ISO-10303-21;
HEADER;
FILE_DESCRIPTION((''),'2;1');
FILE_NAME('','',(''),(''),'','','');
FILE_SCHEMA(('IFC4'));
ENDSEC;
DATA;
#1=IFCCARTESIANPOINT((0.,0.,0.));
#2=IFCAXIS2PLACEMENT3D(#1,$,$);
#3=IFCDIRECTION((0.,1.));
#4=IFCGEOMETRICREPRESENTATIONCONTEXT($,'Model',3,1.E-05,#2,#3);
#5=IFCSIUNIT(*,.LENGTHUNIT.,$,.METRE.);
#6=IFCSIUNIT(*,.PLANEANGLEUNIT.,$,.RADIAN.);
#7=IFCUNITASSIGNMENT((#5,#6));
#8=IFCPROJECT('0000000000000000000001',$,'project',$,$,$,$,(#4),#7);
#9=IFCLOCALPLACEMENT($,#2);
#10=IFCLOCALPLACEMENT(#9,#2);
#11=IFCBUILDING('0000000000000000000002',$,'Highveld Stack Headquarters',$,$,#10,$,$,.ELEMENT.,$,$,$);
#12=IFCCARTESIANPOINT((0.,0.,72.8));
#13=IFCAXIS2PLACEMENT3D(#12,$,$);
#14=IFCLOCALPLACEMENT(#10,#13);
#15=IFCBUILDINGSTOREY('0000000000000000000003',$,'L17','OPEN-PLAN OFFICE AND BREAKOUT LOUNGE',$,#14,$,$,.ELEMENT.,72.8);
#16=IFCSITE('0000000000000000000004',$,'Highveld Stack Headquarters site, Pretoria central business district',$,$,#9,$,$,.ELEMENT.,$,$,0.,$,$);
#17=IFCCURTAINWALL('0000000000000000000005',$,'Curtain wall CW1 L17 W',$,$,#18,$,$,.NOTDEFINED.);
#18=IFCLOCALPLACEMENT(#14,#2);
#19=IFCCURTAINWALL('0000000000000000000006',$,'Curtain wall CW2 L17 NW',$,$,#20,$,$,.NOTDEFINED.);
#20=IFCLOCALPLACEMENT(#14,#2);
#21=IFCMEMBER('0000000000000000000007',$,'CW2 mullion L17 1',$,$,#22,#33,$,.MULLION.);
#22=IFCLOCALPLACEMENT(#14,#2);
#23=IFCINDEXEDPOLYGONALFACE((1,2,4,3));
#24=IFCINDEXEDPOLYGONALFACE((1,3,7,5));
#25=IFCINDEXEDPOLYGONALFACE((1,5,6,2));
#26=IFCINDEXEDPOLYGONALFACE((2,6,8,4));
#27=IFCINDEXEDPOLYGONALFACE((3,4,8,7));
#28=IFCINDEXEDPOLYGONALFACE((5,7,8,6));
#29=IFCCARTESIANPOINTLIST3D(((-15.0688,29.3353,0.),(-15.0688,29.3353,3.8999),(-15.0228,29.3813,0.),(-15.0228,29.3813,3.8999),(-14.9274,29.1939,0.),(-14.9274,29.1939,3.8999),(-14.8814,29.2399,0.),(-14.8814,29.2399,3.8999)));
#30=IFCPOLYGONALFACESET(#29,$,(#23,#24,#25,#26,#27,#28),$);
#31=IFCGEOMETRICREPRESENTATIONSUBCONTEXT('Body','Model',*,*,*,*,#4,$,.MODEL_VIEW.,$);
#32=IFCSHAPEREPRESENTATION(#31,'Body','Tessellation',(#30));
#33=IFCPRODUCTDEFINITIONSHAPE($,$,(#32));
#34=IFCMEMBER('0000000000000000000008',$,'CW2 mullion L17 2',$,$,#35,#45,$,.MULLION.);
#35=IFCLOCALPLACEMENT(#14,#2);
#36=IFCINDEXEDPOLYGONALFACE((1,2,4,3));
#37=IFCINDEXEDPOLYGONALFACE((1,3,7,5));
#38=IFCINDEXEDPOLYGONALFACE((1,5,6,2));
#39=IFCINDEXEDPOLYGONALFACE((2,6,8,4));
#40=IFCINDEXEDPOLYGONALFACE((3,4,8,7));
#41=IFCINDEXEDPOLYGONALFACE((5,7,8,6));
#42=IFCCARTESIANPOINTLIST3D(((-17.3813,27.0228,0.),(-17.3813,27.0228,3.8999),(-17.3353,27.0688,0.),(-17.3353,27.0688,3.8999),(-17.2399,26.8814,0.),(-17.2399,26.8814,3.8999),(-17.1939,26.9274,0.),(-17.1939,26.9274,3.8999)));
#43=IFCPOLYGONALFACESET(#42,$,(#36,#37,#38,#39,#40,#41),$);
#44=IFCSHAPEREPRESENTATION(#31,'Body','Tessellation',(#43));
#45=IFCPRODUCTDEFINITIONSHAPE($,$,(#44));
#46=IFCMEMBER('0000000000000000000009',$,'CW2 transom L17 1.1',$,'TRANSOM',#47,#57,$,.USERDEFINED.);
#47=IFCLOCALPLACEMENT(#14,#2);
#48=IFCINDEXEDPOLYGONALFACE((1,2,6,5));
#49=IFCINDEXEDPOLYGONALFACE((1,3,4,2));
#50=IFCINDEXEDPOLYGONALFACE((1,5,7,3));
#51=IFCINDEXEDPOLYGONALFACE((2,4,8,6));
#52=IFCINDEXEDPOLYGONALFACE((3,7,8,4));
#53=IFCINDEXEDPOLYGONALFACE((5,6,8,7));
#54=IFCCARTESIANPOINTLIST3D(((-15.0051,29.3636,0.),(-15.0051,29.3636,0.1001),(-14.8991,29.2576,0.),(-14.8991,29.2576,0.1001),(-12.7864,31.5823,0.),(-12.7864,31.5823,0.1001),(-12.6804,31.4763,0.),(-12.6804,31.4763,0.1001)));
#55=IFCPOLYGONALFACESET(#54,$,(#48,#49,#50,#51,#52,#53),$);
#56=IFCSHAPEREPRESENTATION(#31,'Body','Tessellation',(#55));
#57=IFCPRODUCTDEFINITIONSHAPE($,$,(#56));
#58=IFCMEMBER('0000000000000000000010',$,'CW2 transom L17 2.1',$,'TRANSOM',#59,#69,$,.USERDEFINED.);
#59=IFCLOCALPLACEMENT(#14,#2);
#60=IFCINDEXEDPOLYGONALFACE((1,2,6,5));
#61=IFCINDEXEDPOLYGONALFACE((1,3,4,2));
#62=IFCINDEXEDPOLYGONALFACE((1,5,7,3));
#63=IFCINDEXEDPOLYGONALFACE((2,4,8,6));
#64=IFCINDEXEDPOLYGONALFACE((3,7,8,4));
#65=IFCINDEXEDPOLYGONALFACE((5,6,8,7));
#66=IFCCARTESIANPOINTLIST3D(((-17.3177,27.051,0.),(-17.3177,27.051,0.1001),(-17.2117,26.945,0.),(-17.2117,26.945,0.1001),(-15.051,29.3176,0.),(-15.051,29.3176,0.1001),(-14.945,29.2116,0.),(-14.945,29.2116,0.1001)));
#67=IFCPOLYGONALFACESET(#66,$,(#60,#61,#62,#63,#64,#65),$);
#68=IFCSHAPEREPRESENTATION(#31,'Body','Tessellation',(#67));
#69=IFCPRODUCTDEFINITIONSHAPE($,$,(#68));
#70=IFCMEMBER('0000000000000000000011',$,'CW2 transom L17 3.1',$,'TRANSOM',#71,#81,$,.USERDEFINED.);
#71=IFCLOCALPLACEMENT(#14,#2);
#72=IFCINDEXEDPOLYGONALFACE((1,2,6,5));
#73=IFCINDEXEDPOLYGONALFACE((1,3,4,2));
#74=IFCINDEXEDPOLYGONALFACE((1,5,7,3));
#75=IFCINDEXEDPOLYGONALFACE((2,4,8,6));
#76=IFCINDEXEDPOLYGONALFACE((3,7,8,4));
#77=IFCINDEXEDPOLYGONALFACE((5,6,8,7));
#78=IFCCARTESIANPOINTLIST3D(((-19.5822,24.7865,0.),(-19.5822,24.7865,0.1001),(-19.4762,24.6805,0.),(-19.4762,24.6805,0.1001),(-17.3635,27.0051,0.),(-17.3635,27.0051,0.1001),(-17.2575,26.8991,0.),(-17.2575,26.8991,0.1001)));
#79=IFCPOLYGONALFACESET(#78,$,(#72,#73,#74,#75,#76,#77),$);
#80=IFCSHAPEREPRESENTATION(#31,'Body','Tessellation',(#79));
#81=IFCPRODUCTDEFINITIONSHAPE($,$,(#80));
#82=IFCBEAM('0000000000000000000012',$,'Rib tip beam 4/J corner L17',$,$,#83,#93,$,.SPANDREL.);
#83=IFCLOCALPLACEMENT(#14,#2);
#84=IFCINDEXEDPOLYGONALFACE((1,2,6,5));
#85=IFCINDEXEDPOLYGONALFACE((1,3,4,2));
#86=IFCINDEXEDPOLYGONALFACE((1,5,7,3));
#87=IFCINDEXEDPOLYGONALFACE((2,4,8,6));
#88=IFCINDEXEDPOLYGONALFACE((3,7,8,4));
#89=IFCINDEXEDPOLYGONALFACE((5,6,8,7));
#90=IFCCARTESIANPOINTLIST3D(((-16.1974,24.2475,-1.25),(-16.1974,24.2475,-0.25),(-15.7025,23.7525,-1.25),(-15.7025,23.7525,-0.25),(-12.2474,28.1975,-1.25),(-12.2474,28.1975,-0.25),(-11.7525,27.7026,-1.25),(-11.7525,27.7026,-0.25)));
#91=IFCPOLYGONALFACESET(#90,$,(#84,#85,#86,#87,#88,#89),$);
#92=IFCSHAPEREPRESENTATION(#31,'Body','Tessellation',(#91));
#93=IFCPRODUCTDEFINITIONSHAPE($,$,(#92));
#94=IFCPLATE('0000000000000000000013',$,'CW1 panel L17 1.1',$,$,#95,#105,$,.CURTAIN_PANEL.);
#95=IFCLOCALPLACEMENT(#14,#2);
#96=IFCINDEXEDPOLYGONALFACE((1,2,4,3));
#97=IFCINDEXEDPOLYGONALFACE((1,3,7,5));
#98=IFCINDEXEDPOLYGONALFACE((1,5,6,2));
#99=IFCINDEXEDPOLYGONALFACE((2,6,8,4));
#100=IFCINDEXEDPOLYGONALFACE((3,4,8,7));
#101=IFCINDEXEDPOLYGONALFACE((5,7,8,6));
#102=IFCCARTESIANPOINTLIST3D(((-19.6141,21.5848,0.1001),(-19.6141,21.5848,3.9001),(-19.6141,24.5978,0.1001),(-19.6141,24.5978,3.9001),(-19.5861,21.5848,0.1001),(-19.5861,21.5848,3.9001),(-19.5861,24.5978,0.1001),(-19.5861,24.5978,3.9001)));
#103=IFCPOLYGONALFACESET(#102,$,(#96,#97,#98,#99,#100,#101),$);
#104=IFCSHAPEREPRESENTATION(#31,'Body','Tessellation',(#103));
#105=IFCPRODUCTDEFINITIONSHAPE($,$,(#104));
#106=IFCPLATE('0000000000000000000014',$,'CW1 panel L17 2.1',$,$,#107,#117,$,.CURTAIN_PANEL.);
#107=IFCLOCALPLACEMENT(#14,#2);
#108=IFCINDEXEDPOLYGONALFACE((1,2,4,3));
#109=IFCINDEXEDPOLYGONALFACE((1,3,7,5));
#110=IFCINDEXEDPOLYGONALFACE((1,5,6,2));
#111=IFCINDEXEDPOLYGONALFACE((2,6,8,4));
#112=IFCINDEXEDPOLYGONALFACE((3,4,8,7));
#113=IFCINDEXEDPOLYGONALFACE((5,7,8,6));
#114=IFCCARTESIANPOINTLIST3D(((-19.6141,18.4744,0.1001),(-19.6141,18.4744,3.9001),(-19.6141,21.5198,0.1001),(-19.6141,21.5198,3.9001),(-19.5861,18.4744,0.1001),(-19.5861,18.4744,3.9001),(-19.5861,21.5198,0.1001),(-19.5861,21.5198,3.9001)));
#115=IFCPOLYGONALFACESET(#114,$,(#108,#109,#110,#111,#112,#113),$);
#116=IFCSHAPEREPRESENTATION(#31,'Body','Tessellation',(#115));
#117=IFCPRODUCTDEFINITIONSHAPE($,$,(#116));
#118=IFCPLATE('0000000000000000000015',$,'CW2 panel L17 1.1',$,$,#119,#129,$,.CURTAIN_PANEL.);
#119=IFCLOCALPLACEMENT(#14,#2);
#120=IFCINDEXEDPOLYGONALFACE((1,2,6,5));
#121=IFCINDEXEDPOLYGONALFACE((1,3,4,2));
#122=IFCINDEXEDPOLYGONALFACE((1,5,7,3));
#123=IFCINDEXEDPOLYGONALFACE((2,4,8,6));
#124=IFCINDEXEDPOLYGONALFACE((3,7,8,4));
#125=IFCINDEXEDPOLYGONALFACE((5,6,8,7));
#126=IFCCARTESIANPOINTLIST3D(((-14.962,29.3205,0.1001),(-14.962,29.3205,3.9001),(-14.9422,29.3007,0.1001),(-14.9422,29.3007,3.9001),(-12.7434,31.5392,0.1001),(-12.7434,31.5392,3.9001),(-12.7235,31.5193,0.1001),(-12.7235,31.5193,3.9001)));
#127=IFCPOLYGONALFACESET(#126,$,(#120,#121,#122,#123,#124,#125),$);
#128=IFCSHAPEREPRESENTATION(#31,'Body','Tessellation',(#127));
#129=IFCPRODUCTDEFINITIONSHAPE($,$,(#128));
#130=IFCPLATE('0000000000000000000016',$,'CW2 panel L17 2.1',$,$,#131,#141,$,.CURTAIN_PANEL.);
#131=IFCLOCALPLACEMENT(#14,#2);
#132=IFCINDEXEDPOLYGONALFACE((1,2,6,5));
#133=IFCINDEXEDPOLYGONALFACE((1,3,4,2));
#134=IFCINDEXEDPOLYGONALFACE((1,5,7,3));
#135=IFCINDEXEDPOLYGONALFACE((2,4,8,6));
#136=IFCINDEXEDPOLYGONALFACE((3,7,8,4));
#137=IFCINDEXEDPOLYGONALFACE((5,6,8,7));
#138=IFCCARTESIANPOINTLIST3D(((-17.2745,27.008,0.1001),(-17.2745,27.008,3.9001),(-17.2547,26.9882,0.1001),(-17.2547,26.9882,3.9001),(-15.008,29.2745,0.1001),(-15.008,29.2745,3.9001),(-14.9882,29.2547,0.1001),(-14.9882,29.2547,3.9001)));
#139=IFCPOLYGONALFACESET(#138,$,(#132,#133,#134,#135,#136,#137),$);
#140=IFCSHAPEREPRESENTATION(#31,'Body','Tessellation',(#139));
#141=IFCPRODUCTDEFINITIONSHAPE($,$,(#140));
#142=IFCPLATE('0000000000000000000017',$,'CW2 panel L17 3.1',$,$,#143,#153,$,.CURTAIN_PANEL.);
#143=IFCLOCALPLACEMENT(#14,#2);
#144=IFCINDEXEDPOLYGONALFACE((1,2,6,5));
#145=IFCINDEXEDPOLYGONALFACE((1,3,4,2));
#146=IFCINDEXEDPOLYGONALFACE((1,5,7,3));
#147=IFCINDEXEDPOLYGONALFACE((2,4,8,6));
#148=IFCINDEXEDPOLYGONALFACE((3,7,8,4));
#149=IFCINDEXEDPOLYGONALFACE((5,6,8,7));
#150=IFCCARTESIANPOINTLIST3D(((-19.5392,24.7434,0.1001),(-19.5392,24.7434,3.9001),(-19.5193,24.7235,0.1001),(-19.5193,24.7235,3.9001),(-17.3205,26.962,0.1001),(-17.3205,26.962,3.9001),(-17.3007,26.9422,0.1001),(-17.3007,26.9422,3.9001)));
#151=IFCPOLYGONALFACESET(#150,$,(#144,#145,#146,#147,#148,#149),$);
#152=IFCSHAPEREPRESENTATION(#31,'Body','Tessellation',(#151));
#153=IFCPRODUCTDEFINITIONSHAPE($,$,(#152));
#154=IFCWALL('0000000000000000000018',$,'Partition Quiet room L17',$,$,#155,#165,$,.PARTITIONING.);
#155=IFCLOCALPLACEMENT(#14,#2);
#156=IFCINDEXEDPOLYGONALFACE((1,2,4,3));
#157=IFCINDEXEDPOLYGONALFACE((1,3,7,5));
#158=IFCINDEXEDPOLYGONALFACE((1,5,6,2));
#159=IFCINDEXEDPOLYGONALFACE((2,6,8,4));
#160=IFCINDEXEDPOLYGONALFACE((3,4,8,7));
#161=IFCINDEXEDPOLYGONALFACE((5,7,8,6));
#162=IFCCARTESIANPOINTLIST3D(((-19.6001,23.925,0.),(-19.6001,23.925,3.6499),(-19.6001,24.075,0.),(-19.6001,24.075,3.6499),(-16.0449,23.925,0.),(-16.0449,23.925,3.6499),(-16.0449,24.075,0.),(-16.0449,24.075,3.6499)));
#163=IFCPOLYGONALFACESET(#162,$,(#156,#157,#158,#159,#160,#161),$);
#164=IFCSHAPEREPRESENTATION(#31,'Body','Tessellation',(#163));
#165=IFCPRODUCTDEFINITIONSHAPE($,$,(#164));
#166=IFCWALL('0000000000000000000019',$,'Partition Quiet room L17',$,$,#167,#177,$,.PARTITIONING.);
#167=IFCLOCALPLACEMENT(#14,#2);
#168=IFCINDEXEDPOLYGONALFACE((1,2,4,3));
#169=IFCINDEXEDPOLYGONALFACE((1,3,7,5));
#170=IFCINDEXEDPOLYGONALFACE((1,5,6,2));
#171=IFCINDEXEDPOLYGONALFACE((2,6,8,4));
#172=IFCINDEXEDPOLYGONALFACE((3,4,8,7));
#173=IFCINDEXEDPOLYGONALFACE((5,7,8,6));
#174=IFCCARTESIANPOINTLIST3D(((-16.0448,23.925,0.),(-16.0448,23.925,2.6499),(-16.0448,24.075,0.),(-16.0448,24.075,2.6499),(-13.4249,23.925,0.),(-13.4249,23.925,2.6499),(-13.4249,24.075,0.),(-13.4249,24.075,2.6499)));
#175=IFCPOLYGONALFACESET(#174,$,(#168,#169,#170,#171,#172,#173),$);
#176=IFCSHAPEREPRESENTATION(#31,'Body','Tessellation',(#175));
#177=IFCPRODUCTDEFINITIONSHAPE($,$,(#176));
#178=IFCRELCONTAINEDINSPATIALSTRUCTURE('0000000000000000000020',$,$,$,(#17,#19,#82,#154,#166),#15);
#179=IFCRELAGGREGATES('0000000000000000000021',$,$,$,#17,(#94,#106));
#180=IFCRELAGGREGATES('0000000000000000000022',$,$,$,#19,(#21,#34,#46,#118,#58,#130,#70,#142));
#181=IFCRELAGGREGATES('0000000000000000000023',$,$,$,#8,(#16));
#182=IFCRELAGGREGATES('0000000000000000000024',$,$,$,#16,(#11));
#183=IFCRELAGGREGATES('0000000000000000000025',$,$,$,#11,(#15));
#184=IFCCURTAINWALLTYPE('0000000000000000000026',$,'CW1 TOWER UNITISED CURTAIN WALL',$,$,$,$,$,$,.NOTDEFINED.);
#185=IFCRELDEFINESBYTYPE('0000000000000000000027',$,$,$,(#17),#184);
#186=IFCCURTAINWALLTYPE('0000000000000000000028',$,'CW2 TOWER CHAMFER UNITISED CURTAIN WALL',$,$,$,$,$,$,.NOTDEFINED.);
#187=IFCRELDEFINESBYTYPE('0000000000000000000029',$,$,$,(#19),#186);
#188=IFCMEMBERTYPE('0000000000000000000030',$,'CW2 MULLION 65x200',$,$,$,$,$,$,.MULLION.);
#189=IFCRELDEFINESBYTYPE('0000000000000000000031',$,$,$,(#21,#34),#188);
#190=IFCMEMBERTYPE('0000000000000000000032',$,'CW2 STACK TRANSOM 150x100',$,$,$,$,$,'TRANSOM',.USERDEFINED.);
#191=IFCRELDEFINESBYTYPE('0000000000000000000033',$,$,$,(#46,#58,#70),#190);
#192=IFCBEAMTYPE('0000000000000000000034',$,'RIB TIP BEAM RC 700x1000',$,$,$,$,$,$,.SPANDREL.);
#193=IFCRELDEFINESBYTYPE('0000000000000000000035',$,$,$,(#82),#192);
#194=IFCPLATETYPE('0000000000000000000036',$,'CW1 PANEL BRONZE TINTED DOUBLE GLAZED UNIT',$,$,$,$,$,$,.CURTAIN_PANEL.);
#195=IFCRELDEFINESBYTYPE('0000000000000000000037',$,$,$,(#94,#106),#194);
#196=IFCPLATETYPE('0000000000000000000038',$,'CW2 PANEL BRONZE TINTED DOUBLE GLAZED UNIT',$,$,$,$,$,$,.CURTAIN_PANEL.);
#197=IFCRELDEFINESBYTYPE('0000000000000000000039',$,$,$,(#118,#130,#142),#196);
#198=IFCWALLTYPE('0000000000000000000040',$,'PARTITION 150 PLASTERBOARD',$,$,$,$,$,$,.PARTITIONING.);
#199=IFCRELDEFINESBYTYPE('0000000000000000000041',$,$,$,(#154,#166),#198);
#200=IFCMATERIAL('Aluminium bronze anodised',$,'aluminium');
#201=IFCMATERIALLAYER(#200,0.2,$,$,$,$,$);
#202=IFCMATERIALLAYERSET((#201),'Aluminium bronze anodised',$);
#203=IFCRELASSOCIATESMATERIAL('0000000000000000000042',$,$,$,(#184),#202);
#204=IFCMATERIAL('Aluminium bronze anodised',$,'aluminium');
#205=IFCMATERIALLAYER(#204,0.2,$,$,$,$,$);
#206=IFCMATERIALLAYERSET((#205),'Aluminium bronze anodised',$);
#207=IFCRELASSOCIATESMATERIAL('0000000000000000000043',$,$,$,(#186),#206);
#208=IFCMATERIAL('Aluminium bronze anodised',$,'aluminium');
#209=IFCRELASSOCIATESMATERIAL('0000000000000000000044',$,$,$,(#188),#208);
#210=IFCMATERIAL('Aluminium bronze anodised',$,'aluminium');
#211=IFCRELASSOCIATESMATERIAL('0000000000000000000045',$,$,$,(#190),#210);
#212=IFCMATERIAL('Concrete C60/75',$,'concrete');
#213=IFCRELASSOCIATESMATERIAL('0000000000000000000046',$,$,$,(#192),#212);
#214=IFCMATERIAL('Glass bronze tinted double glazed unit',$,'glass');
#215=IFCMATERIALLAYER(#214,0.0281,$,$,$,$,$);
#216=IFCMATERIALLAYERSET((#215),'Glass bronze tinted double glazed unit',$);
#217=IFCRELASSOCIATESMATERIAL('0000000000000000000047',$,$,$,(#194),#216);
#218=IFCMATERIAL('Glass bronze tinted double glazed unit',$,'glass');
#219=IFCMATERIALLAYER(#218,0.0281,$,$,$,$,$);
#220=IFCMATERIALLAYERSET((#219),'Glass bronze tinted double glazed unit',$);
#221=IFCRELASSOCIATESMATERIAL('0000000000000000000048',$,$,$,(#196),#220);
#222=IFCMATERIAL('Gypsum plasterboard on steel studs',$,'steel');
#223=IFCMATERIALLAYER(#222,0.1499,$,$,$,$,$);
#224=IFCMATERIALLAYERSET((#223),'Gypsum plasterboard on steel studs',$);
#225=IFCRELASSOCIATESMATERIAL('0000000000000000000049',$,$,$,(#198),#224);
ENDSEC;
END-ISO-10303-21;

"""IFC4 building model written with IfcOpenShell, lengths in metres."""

from ifc_helpers import new_model, si_unit, direction, frame, frame_2d, origin, origin_2d, place, context, subcontext, project, spatial, rectangle, extrude, material, layer, layer_set, material_profile, profile_set, type_object, element, aggregate, save


model = new_model("IFC4")

# Units and contexts
model_context = context("Model", 3, precision=1e-05, world=origin(), true_north=direction((0.0, 1.0)))
body_context = subcontext(model_context, "Body", "Model", "MODEL_VIEW")
ifc_project = project(units=[si_unit("LENGTHUNIT", "METRE"), si_unit("PLANEANGLEUNIT", "RADIAN")], contexts=[model_context])

# Site, building, storey
site_placement = place(None, origin())
site = spatial("IfcSite", under=ifc_project, at=site_placement, Name="Highveld Stack Headquarters site, Pretoria central business district", CompositionType="ELEMENT", RefElevation=0.0)
building_placement = place(site_placement, origin())
building = spatial("IfcBuilding", under=site, at=building_placement, Name="Highveld Stack Headquarters", CompositionType="ELEMENT")
storey_placement = place(building_placement, frame((0.0, 0.0, 72.8)))
storey = spatial("IfcBuildingStorey", under=building, at=storey_placement, Name="L17", Description="OPEN-PLAN OFFICE AND BREAKOUT LOUNGE", CompositionType="ELEMENT", Elevation=72.8)

# Shared definitions
ifc_material_1 = material(Name="Aluminium bronze anodised", Category="aluminium")
ifc_layer_1 = layer(ifc_material_1, 0.2)
ifc_layer_set_1 = layer_set([ifc_layer_1], Name="Aluminium bronze anodised")
curtain_wall_type_1 = type_object("IfcCurtainWallType", Name="CW1 TOWER UNITISED CURTAIN WALL", PredefinedType="NOTDEFINED", material=ifc_layer_set_1)

# Curtain wall
curtain_wall_1_placement = place(storey_placement, origin())
curtain_wall_1 = element("IfcCurtainWall", 1, at=curtain_wall_1_placement, inside=storey, type_object=curtain_wall_type_1, Name="Curtain wall CW1 L17 W", PredefinedType="NOTDEFINED")

# Curtain wall, members
ifc_material_2 = material(Name="Aluminium bronze anodised", Category="aluminium")
ifc_layer_2 = layer(ifc_material_2, 0.2)
ifc_layer_set_2 = layer_set([ifc_layer_2], Name="Aluminium bronze anodised")
curtain_wall_type_2 = type_object("IfcCurtainWallType", Name="CW2 TOWER CHAMFER UNITISED CURTAIN WALL", PredefinedType="NOTDEFINED", material=ifc_layer_set_2)
curtain_wall_2_placement = place(storey_placement, origin())
curtain_wall_2 = element("IfcCurtainWall", 2, at=curtain_wall_2_placement, inside=storey, type_object=curtain_wall_type_2, Name="Curtain wall CW2 L17 NW", PredefinedType="NOTDEFINED")
ifc_material_3 = material(Name="Aluminium bronze anodised", Category="aluminium")
ifc_material_profile_1 = material_profile(ifc_material_3, rectangle(XDim=0.2, YDim=0.0649, at=origin_2d()), Name="CW2 MULLION 65x200")
ifc_profile_set_1 = profile_set([ifc_material_profile_1], Name="Aluminium bronze anodised")
member_type_1 = type_object("IfcMemberType", Name="CW2 MULLION 65x200", PredefinedType="MULLION", material=ifc_profile_set_1)
member_1_placement = place(storey_placement, frame((-14.9751, 29.2876, 0.0), z_axis=(0.0, 0.0, 1.0), x_axis=(0.707107, -0.707107, 0.0)))
member_1 = element("IfcMember", 3, at=member_1_placement, type_object=member_type_1, Name="CW2 mullion L17 1", PredefinedType="MULLION", context=body_context, shape_type="SweptSolid", body=[
    extrude(rectangle(XDim=0.2, YDim=0.0649, at=origin_2d()), origin(), (0.0, 0.0, 1.0), 3.8999),
])
member_2_placement = place(storey_placement, frame((-17.2876, 26.9751, 0.0), z_axis=(0.0, 0.0, 1.0), x_axis=(0.707107, -0.707107, 0.0)))
member_2 = element("IfcMember", 4, at=member_2_placement, type_object=member_type_1, Name="CW2 mullion L17 2", PredefinedType="MULLION", context=body_context, shape_type="SweptSolid", body=[
    extrude(rectangle(XDim=0.2, YDim=0.0649, at=origin_2d()), origin(), (0.0, 0.0, 1.0), 3.8999),
])
ifc_material_4 = material(Name="Aluminium bronze anodised", Category="aluminium")
ifc_material_profile_2 = material_profile(ifc_material_4, rectangle(XDim=0.1499, YDim=0.1001, at=origin_2d()), Name="CW2 TRANSOM 150x100")
ifc_profile_set_2 = profile_set([ifc_material_profile_2], Name="Aluminium bronze anodised")
member_type_2 = type_object("IfcMemberType", Name="CW2 STACK TRANSOM 150x100", ElementType="TRANSOM", PredefinedType="USERDEFINED", material=ifc_profile_set_2)
member_3_placement = place(storey_placement, frame((-12.7334, 31.5293, 0.05), z_axis=(-0.707107, -0.707107, 0.0), x_axis=(0.707107, -0.707107, 0.0)))
member_3 = element("IfcMember", 5, at=member_3_placement, type_object=member_type_2, Name="CW2 transom L17 1.1", ObjectType="TRANSOM", PredefinedType="USERDEFINED", context=body_context, shape_type="SweptSolid", body=[
    extrude(rectangle(XDim=0.1499, YDim=0.1001, at=origin_2d()), origin(), (0.0, 0.0, 1.0), 3.1377),
])
member_4_placement = place(storey_placement, frame((-14.998, 29.2646, 0.05), z_axis=(-0.707107, -0.707107, 0.0), x_axis=(0.707107, -0.707107, 0.0)))
member_4 = element("IfcMember", 6, at=member_4_placement, type_object=member_type_2, Name="CW2 transom L17 2.1", ObjectType="TRANSOM", PredefinedType="USERDEFINED", context=body_context, shape_type="SweptSolid", body=[
    extrude(rectangle(XDim=0.1499, YDim=0.1001, at=origin_2d()), origin(), (0.0, 0.0, 1.0), 3.2056),
])
member_5_placement = place(storey_placement, frame((-17.3105, 26.9521, 0.05), z_axis=(-0.707107, -0.707107, 0.0), x_axis=(0.707107, -0.707107, 0.0)))
member_5 = element("IfcMember", 7, at=member_5_placement, type_object=member_type_2, Name="CW2 transom L17 3.1", ObjectType="TRANSOM", PredefinedType="USERDEFINED", context=body_context, shape_type="SweptSolid", body=[
    extrude(rectangle(XDim=0.1499, YDim=0.1001, at=origin_2d()), origin(), (0.0, 0.0, 1.0), 3.1377),
])

# Beam
ifc_material_5 = material(Name="Concrete C60/75", Category="concrete")
ifc_material_profile_3 = material_profile(ifc_material_5, rectangle(XDim=0.7, YDim=1.0, at=origin_2d()), Name="RC 700x1000")
ifc_profile_set_3 = profile_set([ifc_material_profile_3], Name="Concrete C60/75")
beam_type = type_object("IfcBeamType", Name="RIB TIP BEAM RC 700x1000", PredefinedType="SPANDREL", material=ifc_profile_set_3)
beam_placement = place(storey_placement, frame((-15.95, 24.0, -0.75), z_axis=(0.707107, 0.707107, 0.0), x_axis=(-0.707107, 0.707107, 0.0)))
element("IfcBeam", 8, at=beam_placement, inside=storey, type_object=beam_type, Name="Rib tip beam 4/J corner L17", PredefinedType="SPANDREL", context=body_context, shape_type="SweptSolid", body=[
    extrude(rectangle(XDim=0.7, YDim=1.0, at=origin_2d()), origin(), (0.0, 0.0, 1.0), 5.5862),
])

# Plates
ifc_material_6 = material(Name="Glass bronze tinted double glazed unit", Category="glass")
ifc_layer_3 = layer(ifc_material_6, 0.0281)
ifc_layer_set_3 = layer_set([ifc_layer_3], Name="Glass bronze tinted double glazed unit")
plate_type_1 = type_object("IfcPlateType", Name="CW1 PANEL BRONZE TINTED DOUBLE GLAZED UNIT", PredefinedType="CURTAIN_PANEL", material=ifc_layer_set_3)
plate_1_placement = place(storey_placement, frame((-19.6001, 23.0913, 0.1001), z_axis=(0.0, 0.0, 1.0), x_axis=(0.0, -1.0, 0.0)))
plate_1 = element("IfcPlate", 9, at=plate_1_placement, type_object=plate_type_1, Name="CW1 panel L17 1.1", PredefinedType="CURTAIN_PANEL", context=body_context, shape_type="SweptSolid", body=[
    extrude(rectangle(XDim=3.0129, YDim=0.0281, at=origin_2d()), origin(), (0.0, 0.0, 1.0), 3.8),
])
plate_2_placement = place(storey_placement, frame((-19.6001, 19.9971, 0.1001), z_axis=(0.0, 0.0, 1.0), x_axis=(0.0, -1.0, 0.0)))
plate_2 = element("IfcPlate", 10, at=plate_2_placement, type_object=plate_type_1, Name="CW1 panel L17 2.1", PredefinedType="CURTAIN_PANEL", context=body_context, shape_type="SweptSolid", body=[
    extrude(rectangle(XDim=3.0454, YDim=0.0281, at=origin_2d()), origin(), (0.0, 0.0, 1.0), 3.8),
])
aggregate(curtain_wall_1, [plate_1, plate_2])
ifc_material_7 = material(Name="Glass bronze tinted double glazed unit", Category="glass")
ifc_layer_4 = layer(ifc_material_7, 0.0281)
ifc_layer_set_4 = layer_set([ifc_layer_4], Name="Glass bronze tinted double glazed unit")
plate_type_2 = type_object("IfcPlateType", Name="CW2 PANEL BRONZE TINTED DOUBLE GLAZED UNIT", PredefinedType="CURTAIN_PANEL", material=ifc_layer_set_4)
plate_3_placement = place(storey_placement, frame((-13.8428, 30.4199, 0.1001), z_axis=(0.0, 0.0, 1.0), x_axis=(-0.707107, -0.707107, 0.0)))
plate_3 = element("IfcPlate", 11, at=plate_3_placement, type_object=plate_type_2, Name="CW2 panel L17 1.1", PredefinedType="CURTAIN_PANEL", context=body_context, shape_type="SweptSolid", body=[
    extrude(rectangle(XDim=3.1377, YDim=0.0281, at=origin_2d()), origin(), (0.0, 0.0, 1.0), 3.8),
])
plate_4_placement = place(storey_placement, frame((-16.1313, 28.1313, 0.1001), z_axis=(0.0, 0.0, 1.0), x_axis=(-0.707107, -0.707107, 0.0)))
plate_4 = element("IfcPlate", 12, at=plate_4_placement, type_object=plate_type_2, Name="CW2 panel L17 2.1", PredefinedType="CURTAIN_PANEL", context=body_context, shape_type="SweptSolid", body=[
    extrude(rectangle(XDim=3.2053, YDim=0.0281, at=origin_2d()), origin(), (0.0, 0.0, 1.0), 3.8),
])
plate_5_placement = place(storey_placement, frame((-18.4199, 25.8428, 0.1001), z_axis=(0.0, 0.0, 1.0), x_axis=(-0.707107, -0.707107, 0.0)))
plate_5 = element("IfcPlate", 13, at=plate_5_placement, type_object=plate_type_2, Name="CW2 panel L17 3.1", PredefinedType="CURTAIN_PANEL", context=body_context, shape_type="SweptSolid", body=[
    extrude(rectangle(XDim=3.1377, YDim=0.0281, at=origin_2d()), origin(), (0.0, 0.0, 1.0), 3.8),
])
aggregate(curtain_wall_2, [member_1, member_2, member_3, plate_3, member_4, plate_4, member_5, plate_5])

# Walls
ifc_material_8 = material(Name="Gypsum plasterboard on steel studs", Category="steel")
ifc_layer_5 = layer(ifc_material_8, 0.1499)
ifc_layer_set_5 = layer_set([ifc_layer_5], Name="Gypsum plasterboard on steel studs")
wall_type = type_object("IfcWallType", Name="PARTITION 150 PLASTERBOARD", PredefinedType="PARTITIONING", material=ifc_layer_set_5)
wall_1_placement = place(storey_placement, frame((-19.6001, 24.0, 0.0), z_axis=(0.0, 0.0, 1.0), x_axis=(1.0, 0.0, 0.0)))
element("IfcWall", 14, at=wall_1_placement, inside=storey, type_object=wall_type, Name="Partition Quiet room L17", PredefinedType="PARTITIONING", context=body_context, shape_type="SweptSolid", body=[
    extrude(rectangle(XDim=3.5552, YDim=0.1499, at=frame_2d((1.7776, 0.0))), origin(), (0.0, 0.0, 1.0), 3.6499),
])
wall_2_placement = place(storey_placement, frame((-16.0449, 24.0, 0.0), z_axis=(0.0, 0.0, 1.0), x_axis=(1.0, 0.0, 0.0)))
element("IfcWall", 15, at=wall_2_placement, inside=storey, type_object=wall_type, Name="Partition Quiet room L17", PredefinedType="PARTITIONING", context=body_context, shape_type="SweptSolid", body=[
    extrude(rectangle(XDim=2.6199, YDim=0.1499, at=frame_2d((1.3101, 0.0))), origin(), (0.0, 0.0, 1.0), 2.6499),
])

save(model, "model.ifc")
